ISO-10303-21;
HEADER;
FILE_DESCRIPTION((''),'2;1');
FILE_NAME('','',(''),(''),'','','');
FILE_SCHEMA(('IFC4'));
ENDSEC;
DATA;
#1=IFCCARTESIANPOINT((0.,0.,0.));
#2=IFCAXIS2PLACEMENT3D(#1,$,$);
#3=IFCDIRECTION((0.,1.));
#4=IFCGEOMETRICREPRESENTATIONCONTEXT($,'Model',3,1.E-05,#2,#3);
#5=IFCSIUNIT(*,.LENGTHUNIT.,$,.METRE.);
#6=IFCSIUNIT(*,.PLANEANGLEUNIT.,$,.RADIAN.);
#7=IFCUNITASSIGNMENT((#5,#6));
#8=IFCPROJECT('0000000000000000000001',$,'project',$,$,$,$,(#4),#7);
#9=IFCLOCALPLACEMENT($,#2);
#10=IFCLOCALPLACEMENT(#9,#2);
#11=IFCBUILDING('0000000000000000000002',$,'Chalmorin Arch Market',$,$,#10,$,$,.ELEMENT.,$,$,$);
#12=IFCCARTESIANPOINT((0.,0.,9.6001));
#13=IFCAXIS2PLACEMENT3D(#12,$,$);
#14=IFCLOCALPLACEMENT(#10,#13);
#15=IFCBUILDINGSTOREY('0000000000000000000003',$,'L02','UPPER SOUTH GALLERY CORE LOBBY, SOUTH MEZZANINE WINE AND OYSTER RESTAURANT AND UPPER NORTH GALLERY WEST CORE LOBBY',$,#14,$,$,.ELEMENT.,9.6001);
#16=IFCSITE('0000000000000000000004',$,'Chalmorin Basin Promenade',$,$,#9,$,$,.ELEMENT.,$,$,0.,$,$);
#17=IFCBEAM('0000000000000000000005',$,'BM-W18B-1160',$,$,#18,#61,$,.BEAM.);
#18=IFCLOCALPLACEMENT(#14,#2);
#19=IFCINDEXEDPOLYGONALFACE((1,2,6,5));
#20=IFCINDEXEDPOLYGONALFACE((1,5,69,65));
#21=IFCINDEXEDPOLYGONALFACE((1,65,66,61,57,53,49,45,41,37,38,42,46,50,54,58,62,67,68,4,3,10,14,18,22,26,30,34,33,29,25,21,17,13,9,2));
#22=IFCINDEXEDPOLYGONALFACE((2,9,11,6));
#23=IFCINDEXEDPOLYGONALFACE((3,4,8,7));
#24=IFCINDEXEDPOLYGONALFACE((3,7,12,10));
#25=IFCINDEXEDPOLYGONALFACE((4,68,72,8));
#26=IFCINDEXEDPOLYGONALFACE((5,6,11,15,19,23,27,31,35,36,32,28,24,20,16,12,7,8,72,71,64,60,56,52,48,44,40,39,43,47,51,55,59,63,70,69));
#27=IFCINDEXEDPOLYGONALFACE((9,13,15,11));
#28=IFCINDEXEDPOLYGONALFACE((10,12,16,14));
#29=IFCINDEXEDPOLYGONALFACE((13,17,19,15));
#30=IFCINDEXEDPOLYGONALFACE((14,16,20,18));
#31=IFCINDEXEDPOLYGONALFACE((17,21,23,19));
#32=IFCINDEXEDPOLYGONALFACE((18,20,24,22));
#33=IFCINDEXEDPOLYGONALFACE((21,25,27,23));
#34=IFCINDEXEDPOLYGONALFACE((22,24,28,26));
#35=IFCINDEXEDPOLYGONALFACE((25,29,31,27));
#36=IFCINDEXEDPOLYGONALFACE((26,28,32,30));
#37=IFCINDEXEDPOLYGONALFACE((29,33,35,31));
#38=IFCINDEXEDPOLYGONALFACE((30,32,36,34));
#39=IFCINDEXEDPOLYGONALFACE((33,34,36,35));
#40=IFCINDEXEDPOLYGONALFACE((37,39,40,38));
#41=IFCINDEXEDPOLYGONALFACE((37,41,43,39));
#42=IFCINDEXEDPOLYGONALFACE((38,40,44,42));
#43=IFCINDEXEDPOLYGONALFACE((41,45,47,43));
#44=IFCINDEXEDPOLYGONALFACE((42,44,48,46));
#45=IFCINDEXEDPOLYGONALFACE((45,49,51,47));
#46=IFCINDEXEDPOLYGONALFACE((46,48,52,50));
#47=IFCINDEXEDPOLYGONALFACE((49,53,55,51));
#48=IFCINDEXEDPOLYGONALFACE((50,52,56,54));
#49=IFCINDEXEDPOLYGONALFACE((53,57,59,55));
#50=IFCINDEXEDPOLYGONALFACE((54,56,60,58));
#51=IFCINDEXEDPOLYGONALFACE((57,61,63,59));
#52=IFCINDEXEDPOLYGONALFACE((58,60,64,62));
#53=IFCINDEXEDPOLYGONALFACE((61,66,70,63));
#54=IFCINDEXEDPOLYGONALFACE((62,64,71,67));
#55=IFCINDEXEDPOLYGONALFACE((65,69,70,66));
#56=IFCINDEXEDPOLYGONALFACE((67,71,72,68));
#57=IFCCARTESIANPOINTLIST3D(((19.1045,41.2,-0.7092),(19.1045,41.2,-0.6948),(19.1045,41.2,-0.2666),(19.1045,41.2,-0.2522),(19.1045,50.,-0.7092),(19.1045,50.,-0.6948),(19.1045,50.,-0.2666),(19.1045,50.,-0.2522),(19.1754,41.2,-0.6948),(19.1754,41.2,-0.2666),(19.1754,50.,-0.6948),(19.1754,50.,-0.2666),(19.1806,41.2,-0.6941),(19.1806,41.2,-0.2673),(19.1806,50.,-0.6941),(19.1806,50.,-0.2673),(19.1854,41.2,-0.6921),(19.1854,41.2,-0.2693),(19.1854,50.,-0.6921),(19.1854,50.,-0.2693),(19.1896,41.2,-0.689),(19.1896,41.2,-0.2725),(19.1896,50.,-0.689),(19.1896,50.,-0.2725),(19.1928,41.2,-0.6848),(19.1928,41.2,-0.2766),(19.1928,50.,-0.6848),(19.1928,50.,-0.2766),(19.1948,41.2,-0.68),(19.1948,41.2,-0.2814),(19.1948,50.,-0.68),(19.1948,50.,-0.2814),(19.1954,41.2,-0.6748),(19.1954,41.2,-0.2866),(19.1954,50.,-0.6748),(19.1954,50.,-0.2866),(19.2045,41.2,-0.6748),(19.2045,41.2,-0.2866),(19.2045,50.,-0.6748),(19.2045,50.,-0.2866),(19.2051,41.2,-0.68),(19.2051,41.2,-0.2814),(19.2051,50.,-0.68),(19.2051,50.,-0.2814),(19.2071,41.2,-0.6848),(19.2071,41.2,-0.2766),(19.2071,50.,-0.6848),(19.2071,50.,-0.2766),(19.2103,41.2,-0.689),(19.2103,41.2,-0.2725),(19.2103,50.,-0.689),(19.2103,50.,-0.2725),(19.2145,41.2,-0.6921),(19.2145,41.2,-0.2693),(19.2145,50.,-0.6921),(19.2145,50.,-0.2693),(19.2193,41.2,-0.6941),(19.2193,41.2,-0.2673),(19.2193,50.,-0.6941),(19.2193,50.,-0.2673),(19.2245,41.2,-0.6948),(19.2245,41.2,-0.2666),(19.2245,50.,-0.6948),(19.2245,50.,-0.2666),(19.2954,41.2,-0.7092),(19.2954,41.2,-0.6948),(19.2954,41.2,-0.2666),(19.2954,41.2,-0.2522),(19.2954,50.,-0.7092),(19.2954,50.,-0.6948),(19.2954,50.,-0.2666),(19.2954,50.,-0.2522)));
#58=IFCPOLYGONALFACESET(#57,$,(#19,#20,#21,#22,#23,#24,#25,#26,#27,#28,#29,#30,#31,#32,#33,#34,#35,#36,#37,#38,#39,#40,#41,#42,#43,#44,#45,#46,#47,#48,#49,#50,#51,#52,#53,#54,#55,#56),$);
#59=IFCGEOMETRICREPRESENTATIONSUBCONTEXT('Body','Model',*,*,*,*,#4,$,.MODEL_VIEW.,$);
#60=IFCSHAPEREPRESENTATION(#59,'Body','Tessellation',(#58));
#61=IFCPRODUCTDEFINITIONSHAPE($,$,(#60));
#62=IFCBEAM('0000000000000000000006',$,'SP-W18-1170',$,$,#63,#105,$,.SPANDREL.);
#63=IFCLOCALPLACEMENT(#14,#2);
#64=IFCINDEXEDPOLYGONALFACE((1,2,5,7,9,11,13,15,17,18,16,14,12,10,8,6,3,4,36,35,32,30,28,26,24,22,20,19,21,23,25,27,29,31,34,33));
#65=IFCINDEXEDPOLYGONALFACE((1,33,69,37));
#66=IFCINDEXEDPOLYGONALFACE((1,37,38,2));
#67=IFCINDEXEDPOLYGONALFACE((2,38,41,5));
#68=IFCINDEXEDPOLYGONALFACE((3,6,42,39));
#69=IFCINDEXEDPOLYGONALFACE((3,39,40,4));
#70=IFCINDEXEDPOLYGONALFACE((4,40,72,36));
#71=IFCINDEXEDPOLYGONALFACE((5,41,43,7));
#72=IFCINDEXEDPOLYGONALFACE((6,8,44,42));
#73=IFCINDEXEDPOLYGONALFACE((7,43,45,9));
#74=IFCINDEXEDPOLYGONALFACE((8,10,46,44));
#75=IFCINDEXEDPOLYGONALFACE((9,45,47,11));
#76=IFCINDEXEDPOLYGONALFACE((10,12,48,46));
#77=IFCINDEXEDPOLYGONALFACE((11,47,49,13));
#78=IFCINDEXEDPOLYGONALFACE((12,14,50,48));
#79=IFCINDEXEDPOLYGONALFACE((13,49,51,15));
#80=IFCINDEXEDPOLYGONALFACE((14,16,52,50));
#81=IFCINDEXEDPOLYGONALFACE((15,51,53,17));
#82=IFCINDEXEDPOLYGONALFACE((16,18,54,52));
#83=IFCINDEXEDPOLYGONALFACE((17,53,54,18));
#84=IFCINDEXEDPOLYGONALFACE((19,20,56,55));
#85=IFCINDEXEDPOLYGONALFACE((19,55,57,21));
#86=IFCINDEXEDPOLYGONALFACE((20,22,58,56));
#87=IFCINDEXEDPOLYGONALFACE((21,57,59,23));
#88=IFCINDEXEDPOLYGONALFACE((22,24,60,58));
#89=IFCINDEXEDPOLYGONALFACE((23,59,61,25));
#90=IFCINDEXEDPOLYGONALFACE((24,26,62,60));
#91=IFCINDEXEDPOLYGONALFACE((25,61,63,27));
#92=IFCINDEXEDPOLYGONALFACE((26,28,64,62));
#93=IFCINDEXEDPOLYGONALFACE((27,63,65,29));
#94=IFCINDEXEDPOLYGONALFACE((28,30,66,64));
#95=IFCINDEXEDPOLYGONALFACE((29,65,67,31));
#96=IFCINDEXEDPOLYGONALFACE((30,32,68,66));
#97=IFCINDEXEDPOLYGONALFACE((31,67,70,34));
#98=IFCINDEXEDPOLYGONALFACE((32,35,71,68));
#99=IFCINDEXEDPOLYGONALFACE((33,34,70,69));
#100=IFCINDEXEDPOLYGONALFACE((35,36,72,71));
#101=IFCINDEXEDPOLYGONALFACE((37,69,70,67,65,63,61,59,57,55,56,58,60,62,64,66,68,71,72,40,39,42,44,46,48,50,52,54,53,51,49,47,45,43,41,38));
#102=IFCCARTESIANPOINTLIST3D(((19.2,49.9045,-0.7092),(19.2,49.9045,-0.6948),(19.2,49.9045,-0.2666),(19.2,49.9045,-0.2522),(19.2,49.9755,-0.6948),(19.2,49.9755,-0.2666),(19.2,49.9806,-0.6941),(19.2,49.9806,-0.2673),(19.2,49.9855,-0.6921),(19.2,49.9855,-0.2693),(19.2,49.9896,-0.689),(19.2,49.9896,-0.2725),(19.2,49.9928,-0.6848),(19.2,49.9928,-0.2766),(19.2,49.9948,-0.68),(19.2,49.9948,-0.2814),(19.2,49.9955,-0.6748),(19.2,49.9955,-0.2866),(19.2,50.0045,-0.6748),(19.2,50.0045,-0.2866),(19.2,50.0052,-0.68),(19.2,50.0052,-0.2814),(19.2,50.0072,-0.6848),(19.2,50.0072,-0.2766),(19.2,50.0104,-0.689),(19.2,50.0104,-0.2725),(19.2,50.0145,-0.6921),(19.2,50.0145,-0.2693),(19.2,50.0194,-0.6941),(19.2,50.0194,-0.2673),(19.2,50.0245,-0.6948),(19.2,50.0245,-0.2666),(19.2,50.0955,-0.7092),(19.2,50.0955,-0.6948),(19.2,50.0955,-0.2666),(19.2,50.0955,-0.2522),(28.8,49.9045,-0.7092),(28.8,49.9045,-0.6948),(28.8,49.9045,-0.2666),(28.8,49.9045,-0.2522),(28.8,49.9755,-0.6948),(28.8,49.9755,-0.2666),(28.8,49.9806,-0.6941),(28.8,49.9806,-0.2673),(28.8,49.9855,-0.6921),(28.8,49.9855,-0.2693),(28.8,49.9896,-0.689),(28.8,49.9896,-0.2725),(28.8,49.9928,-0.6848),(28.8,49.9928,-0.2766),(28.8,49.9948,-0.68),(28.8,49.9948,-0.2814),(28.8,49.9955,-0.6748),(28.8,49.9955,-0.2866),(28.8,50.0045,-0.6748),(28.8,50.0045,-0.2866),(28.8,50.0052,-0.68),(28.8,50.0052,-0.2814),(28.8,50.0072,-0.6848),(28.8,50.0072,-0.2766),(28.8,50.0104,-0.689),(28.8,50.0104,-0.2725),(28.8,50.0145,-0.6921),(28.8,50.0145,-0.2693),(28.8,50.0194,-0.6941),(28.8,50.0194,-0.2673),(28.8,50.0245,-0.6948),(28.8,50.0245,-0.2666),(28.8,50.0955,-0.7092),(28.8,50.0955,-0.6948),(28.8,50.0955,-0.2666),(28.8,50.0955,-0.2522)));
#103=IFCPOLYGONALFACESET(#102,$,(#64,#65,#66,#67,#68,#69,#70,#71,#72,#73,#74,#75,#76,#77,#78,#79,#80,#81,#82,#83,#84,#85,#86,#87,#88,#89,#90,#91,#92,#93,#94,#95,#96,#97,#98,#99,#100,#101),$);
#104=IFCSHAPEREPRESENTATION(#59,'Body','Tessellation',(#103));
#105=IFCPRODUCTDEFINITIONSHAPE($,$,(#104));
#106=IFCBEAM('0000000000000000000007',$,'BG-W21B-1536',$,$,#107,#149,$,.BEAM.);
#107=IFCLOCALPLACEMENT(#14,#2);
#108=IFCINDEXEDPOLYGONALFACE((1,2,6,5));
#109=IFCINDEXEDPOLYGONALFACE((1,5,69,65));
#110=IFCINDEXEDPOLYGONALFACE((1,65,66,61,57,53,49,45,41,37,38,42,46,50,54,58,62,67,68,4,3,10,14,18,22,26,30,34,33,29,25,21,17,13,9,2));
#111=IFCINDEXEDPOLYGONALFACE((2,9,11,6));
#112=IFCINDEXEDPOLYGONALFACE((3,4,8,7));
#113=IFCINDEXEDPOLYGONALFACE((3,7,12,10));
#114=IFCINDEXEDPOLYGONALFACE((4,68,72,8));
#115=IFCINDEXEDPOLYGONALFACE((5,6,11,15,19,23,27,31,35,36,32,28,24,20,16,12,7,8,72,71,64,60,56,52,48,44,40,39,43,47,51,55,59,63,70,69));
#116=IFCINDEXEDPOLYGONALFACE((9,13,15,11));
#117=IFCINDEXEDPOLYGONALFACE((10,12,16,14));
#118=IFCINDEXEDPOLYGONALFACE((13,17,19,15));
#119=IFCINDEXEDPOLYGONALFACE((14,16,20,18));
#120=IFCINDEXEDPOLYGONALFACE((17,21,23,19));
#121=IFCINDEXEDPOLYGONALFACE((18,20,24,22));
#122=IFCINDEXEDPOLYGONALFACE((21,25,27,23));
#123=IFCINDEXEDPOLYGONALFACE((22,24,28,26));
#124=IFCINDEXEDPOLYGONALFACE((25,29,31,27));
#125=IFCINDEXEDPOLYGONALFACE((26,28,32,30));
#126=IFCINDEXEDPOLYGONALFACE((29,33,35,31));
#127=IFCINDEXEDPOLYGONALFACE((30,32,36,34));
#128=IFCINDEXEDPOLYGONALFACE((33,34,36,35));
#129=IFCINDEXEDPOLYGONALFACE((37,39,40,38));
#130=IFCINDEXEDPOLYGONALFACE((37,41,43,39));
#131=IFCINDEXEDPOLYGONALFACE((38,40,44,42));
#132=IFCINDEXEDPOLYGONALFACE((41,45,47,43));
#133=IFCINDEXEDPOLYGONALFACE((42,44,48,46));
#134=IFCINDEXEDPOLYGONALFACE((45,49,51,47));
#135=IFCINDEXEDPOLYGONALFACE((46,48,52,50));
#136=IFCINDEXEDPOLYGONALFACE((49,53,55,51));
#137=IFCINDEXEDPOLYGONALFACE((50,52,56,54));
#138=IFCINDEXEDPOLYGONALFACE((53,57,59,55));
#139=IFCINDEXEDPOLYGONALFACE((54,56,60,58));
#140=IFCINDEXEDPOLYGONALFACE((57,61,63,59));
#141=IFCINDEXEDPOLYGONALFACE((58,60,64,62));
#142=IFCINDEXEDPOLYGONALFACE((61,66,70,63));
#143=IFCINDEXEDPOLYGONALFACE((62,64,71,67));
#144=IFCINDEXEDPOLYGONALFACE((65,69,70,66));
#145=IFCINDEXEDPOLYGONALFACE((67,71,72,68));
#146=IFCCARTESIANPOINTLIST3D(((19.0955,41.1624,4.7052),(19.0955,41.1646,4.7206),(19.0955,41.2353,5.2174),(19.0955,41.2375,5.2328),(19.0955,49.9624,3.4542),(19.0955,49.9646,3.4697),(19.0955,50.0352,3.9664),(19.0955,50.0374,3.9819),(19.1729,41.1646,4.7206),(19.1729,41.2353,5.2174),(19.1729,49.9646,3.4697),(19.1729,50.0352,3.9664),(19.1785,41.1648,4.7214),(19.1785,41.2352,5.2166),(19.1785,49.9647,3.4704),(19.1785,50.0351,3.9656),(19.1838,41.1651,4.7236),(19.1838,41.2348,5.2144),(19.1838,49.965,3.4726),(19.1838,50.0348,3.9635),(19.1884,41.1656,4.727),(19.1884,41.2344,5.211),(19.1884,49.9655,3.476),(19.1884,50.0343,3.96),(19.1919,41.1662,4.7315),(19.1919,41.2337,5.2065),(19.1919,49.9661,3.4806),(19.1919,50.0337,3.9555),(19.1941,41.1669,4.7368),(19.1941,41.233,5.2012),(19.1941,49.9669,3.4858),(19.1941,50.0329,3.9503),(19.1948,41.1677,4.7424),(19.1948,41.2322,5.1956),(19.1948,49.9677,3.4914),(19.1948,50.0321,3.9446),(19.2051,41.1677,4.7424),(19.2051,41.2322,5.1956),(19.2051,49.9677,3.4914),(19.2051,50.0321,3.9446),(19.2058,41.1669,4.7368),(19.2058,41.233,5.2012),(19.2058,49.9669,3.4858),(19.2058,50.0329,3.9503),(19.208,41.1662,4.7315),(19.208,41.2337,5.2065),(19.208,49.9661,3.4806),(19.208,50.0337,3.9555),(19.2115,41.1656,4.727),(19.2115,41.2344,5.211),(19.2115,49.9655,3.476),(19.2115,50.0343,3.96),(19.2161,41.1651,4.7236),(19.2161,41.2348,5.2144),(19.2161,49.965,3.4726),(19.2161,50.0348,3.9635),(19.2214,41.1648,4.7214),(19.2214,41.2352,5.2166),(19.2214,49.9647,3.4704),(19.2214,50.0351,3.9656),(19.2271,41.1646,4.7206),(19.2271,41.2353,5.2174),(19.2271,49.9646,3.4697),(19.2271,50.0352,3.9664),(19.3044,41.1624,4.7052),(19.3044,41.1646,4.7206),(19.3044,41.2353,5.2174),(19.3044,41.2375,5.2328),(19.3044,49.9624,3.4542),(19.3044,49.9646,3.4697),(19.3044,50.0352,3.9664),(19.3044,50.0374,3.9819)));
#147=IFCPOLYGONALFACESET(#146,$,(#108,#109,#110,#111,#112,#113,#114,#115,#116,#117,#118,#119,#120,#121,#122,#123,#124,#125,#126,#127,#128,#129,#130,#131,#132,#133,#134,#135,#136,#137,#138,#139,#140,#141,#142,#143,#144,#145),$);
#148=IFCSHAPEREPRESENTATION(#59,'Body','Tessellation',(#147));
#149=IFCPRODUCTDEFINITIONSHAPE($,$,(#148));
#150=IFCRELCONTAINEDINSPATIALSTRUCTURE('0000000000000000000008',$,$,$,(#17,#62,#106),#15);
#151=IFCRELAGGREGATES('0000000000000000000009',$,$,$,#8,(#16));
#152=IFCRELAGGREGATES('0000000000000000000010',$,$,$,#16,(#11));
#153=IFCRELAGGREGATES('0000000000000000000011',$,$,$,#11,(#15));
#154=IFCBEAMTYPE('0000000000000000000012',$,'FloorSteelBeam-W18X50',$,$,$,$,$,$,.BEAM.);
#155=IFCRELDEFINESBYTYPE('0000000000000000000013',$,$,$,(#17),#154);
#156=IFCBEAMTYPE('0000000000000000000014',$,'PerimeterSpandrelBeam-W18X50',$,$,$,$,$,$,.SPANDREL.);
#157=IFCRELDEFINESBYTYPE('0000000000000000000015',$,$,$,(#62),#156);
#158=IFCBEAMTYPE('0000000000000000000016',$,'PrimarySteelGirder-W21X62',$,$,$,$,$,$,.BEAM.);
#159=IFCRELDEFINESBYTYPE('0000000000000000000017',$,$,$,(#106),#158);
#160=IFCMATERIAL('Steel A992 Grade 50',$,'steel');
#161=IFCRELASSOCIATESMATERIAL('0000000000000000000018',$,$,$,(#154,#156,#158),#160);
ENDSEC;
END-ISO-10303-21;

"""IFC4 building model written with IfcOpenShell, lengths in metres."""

from ifc_helpers import new_model, si_unit, direction, frame, origin, origin_2d, place, context, subcontext, project, spatial, i_section, extrude, material, material_profile, profile_set, type_object, element, save


model = new_model("IFC4")

# Units and contexts
model_context = context("Model", 3, precision=1e-05, world=origin(), true_north=direction((0.0, 1.0)))
body_context = subcontext(model_context, "Body", "Model", "MODEL_VIEW")
ifc_project = project(units=[si_unit("LENGTHUNIT", "METRE"), si_unit("PLANEANGLEUNIT", "RADIAN")], contexts=[model_context])

# Site, building, storey
site_placement = place(None, origin())
site = spatial("IfcSite", under=ifc_project, at=site_placement, Name="Chalmorin Basin Promenade", CompositionType="ELEMENT", RefElevation=0.0)
building_placement = place(site_placement, origin())
building = spatial("IfcBuilding", under=site, at=building_placement, Name="Chalmorin Arch Market", CompositionType="ELEMENT")
storey_placement = place(building_placement, frame((0.0, 0.0, 9.6001)))
storey = spatial("IfcBuildingStorey", under=building, at=storey_placement, Name="L02", Description="UPPER SOUTH GALLERY CORE LOBBY, SOUTH MEZZANINE WINE AND OYSTER RESTAURANT AND UPPER NORTH GALLERY WEST CORE LOBBY", CompositionType="ELEMENT", Elevation=9.6001)

# Shared definitions
ifc_material_1 = material(Name="Steel A992 Grade 50", Category="steel")

# Beams
ifc_material_profile_1 = material_profile(ifc_material_1, i_section(OverallWidth=0.1909, OverallDepth=0.457, WebThickness=0.009, FlangeThickness=0.0144, FilletRadius=0.02, at=origin_2d()), Name="W18X50")
ifc_profile_set_1 = profile_set([ifc_material_profile_1], Name="Steel A992 Grade 50")
beam_type_1 = type_object("IfcBeamType", Name="FloorSteelBeam-W18X50", PredefinedType="BEAM", material=ifc_profile_set_1)
beam_1_placement = place(storey_placement, frame((19.2, 41.2, -0.4807), z_axis=(0.0, 1.0, 0.0), x_axis=(-1.0, 0.0, 0.0)))
element("IfcBeam", 1, at=beam_1_placement, inside=storey, type_object=beam_type_1, Name="BM-W18B-1160", PredefinedType="BEAM", context=body_context, shape_type="SweptSolid", body=[
    extrude(i_section(OverallWidth=0.1909, OverallDepth=0.457, WebThickness=0.009, FlangeThickness=0.0144, FilletRadius=0.02, at=origin_2d()), origin(), (0.0, 0.0, 1.0), 8.8),
])
ifc_material_profile_2 = material_profile(ifc_material_1, i_section(OverallWidth=0.1909, OverallDepth=0.457, WebThickness=0.009, FlangeThickness=0.0144, FilletRadius=0.02, at=origin_2d()), Name="W18X50")
ifc_profile_set_2 = profile_set([ifc_material_profile_2], Name="Steel A992 Grade 50")
beam_type_2 = type_object("IfcBeamType", Name="PerimeterSpandrelBeam-W18X50", PredefinedType="SPANDREL", material=ifc_profile_set_2)
beam_2_placement = place(storey_placement, frame((19.2, 50.0, -0.4807), z_axis=(1.0, 0.0, 0.0), x_axis=(0.0, 1.0, 0.0)))
element("IfcBeam", 2, at=beam_2_placement, inside=storey, type_object=beam_type_2, Name="SP-W18-1170", PredefinedType="SPANDREL", context=body_context, shape_type="SweptSolid", body=[
    extrude(i_section(OverallWidth=0.1909, OverallDepth=0.457, WebThickness=0.009, FlangeThickness=0.0144, FilletRadius=0.02, at=origin_2d()), origin(), (0.0, 0.0, 1.0), 9.6001),
])
ifc_material_profile_3 = material_profile(ifc_material_1, i_section(OverallWidth=0.209, OverallDepth=0.533, WebThickness=0.0103, FlangeThickness=0.0156, FilletRadius=0.022, at=origin_2d()), Name="W21X62")
ifc_profile_set_3 = profile_set([ifc_material_profile_3], Name="Steel A992 Grade 50")
beam_type_3 = type_object("IfcBeamType", Name="PrimarySteelGirder-W21X62", PredefinedType="BEAM", material=ifc_profile_set_3)
beam_3_placement = place(storey_placement, frame((19.2, 41.2, 4.969), z_axis=(0.0, 0.990046, -0.140741), x_axis=(-1.0, 0.0, 0.0)))
element("IfcBeam", 3, at=beam_3_placement, inside=storey, type_object=beam_type_3, Name="BG-W21B-1536", PredefinedType="BEAM", context=body_context, shape_type="SweptSolid", body=[
    extrude(i_section(OverallWidth=0.209, OverallDepth=0.533, WebThickness=0.0103, FlangeThickness=0.0156, FilletRadius=0.022, at=origin_2d()), origin(), (0.0, 0.0, 1.0), 8.8884),
])

save(model, "model.ifc")
